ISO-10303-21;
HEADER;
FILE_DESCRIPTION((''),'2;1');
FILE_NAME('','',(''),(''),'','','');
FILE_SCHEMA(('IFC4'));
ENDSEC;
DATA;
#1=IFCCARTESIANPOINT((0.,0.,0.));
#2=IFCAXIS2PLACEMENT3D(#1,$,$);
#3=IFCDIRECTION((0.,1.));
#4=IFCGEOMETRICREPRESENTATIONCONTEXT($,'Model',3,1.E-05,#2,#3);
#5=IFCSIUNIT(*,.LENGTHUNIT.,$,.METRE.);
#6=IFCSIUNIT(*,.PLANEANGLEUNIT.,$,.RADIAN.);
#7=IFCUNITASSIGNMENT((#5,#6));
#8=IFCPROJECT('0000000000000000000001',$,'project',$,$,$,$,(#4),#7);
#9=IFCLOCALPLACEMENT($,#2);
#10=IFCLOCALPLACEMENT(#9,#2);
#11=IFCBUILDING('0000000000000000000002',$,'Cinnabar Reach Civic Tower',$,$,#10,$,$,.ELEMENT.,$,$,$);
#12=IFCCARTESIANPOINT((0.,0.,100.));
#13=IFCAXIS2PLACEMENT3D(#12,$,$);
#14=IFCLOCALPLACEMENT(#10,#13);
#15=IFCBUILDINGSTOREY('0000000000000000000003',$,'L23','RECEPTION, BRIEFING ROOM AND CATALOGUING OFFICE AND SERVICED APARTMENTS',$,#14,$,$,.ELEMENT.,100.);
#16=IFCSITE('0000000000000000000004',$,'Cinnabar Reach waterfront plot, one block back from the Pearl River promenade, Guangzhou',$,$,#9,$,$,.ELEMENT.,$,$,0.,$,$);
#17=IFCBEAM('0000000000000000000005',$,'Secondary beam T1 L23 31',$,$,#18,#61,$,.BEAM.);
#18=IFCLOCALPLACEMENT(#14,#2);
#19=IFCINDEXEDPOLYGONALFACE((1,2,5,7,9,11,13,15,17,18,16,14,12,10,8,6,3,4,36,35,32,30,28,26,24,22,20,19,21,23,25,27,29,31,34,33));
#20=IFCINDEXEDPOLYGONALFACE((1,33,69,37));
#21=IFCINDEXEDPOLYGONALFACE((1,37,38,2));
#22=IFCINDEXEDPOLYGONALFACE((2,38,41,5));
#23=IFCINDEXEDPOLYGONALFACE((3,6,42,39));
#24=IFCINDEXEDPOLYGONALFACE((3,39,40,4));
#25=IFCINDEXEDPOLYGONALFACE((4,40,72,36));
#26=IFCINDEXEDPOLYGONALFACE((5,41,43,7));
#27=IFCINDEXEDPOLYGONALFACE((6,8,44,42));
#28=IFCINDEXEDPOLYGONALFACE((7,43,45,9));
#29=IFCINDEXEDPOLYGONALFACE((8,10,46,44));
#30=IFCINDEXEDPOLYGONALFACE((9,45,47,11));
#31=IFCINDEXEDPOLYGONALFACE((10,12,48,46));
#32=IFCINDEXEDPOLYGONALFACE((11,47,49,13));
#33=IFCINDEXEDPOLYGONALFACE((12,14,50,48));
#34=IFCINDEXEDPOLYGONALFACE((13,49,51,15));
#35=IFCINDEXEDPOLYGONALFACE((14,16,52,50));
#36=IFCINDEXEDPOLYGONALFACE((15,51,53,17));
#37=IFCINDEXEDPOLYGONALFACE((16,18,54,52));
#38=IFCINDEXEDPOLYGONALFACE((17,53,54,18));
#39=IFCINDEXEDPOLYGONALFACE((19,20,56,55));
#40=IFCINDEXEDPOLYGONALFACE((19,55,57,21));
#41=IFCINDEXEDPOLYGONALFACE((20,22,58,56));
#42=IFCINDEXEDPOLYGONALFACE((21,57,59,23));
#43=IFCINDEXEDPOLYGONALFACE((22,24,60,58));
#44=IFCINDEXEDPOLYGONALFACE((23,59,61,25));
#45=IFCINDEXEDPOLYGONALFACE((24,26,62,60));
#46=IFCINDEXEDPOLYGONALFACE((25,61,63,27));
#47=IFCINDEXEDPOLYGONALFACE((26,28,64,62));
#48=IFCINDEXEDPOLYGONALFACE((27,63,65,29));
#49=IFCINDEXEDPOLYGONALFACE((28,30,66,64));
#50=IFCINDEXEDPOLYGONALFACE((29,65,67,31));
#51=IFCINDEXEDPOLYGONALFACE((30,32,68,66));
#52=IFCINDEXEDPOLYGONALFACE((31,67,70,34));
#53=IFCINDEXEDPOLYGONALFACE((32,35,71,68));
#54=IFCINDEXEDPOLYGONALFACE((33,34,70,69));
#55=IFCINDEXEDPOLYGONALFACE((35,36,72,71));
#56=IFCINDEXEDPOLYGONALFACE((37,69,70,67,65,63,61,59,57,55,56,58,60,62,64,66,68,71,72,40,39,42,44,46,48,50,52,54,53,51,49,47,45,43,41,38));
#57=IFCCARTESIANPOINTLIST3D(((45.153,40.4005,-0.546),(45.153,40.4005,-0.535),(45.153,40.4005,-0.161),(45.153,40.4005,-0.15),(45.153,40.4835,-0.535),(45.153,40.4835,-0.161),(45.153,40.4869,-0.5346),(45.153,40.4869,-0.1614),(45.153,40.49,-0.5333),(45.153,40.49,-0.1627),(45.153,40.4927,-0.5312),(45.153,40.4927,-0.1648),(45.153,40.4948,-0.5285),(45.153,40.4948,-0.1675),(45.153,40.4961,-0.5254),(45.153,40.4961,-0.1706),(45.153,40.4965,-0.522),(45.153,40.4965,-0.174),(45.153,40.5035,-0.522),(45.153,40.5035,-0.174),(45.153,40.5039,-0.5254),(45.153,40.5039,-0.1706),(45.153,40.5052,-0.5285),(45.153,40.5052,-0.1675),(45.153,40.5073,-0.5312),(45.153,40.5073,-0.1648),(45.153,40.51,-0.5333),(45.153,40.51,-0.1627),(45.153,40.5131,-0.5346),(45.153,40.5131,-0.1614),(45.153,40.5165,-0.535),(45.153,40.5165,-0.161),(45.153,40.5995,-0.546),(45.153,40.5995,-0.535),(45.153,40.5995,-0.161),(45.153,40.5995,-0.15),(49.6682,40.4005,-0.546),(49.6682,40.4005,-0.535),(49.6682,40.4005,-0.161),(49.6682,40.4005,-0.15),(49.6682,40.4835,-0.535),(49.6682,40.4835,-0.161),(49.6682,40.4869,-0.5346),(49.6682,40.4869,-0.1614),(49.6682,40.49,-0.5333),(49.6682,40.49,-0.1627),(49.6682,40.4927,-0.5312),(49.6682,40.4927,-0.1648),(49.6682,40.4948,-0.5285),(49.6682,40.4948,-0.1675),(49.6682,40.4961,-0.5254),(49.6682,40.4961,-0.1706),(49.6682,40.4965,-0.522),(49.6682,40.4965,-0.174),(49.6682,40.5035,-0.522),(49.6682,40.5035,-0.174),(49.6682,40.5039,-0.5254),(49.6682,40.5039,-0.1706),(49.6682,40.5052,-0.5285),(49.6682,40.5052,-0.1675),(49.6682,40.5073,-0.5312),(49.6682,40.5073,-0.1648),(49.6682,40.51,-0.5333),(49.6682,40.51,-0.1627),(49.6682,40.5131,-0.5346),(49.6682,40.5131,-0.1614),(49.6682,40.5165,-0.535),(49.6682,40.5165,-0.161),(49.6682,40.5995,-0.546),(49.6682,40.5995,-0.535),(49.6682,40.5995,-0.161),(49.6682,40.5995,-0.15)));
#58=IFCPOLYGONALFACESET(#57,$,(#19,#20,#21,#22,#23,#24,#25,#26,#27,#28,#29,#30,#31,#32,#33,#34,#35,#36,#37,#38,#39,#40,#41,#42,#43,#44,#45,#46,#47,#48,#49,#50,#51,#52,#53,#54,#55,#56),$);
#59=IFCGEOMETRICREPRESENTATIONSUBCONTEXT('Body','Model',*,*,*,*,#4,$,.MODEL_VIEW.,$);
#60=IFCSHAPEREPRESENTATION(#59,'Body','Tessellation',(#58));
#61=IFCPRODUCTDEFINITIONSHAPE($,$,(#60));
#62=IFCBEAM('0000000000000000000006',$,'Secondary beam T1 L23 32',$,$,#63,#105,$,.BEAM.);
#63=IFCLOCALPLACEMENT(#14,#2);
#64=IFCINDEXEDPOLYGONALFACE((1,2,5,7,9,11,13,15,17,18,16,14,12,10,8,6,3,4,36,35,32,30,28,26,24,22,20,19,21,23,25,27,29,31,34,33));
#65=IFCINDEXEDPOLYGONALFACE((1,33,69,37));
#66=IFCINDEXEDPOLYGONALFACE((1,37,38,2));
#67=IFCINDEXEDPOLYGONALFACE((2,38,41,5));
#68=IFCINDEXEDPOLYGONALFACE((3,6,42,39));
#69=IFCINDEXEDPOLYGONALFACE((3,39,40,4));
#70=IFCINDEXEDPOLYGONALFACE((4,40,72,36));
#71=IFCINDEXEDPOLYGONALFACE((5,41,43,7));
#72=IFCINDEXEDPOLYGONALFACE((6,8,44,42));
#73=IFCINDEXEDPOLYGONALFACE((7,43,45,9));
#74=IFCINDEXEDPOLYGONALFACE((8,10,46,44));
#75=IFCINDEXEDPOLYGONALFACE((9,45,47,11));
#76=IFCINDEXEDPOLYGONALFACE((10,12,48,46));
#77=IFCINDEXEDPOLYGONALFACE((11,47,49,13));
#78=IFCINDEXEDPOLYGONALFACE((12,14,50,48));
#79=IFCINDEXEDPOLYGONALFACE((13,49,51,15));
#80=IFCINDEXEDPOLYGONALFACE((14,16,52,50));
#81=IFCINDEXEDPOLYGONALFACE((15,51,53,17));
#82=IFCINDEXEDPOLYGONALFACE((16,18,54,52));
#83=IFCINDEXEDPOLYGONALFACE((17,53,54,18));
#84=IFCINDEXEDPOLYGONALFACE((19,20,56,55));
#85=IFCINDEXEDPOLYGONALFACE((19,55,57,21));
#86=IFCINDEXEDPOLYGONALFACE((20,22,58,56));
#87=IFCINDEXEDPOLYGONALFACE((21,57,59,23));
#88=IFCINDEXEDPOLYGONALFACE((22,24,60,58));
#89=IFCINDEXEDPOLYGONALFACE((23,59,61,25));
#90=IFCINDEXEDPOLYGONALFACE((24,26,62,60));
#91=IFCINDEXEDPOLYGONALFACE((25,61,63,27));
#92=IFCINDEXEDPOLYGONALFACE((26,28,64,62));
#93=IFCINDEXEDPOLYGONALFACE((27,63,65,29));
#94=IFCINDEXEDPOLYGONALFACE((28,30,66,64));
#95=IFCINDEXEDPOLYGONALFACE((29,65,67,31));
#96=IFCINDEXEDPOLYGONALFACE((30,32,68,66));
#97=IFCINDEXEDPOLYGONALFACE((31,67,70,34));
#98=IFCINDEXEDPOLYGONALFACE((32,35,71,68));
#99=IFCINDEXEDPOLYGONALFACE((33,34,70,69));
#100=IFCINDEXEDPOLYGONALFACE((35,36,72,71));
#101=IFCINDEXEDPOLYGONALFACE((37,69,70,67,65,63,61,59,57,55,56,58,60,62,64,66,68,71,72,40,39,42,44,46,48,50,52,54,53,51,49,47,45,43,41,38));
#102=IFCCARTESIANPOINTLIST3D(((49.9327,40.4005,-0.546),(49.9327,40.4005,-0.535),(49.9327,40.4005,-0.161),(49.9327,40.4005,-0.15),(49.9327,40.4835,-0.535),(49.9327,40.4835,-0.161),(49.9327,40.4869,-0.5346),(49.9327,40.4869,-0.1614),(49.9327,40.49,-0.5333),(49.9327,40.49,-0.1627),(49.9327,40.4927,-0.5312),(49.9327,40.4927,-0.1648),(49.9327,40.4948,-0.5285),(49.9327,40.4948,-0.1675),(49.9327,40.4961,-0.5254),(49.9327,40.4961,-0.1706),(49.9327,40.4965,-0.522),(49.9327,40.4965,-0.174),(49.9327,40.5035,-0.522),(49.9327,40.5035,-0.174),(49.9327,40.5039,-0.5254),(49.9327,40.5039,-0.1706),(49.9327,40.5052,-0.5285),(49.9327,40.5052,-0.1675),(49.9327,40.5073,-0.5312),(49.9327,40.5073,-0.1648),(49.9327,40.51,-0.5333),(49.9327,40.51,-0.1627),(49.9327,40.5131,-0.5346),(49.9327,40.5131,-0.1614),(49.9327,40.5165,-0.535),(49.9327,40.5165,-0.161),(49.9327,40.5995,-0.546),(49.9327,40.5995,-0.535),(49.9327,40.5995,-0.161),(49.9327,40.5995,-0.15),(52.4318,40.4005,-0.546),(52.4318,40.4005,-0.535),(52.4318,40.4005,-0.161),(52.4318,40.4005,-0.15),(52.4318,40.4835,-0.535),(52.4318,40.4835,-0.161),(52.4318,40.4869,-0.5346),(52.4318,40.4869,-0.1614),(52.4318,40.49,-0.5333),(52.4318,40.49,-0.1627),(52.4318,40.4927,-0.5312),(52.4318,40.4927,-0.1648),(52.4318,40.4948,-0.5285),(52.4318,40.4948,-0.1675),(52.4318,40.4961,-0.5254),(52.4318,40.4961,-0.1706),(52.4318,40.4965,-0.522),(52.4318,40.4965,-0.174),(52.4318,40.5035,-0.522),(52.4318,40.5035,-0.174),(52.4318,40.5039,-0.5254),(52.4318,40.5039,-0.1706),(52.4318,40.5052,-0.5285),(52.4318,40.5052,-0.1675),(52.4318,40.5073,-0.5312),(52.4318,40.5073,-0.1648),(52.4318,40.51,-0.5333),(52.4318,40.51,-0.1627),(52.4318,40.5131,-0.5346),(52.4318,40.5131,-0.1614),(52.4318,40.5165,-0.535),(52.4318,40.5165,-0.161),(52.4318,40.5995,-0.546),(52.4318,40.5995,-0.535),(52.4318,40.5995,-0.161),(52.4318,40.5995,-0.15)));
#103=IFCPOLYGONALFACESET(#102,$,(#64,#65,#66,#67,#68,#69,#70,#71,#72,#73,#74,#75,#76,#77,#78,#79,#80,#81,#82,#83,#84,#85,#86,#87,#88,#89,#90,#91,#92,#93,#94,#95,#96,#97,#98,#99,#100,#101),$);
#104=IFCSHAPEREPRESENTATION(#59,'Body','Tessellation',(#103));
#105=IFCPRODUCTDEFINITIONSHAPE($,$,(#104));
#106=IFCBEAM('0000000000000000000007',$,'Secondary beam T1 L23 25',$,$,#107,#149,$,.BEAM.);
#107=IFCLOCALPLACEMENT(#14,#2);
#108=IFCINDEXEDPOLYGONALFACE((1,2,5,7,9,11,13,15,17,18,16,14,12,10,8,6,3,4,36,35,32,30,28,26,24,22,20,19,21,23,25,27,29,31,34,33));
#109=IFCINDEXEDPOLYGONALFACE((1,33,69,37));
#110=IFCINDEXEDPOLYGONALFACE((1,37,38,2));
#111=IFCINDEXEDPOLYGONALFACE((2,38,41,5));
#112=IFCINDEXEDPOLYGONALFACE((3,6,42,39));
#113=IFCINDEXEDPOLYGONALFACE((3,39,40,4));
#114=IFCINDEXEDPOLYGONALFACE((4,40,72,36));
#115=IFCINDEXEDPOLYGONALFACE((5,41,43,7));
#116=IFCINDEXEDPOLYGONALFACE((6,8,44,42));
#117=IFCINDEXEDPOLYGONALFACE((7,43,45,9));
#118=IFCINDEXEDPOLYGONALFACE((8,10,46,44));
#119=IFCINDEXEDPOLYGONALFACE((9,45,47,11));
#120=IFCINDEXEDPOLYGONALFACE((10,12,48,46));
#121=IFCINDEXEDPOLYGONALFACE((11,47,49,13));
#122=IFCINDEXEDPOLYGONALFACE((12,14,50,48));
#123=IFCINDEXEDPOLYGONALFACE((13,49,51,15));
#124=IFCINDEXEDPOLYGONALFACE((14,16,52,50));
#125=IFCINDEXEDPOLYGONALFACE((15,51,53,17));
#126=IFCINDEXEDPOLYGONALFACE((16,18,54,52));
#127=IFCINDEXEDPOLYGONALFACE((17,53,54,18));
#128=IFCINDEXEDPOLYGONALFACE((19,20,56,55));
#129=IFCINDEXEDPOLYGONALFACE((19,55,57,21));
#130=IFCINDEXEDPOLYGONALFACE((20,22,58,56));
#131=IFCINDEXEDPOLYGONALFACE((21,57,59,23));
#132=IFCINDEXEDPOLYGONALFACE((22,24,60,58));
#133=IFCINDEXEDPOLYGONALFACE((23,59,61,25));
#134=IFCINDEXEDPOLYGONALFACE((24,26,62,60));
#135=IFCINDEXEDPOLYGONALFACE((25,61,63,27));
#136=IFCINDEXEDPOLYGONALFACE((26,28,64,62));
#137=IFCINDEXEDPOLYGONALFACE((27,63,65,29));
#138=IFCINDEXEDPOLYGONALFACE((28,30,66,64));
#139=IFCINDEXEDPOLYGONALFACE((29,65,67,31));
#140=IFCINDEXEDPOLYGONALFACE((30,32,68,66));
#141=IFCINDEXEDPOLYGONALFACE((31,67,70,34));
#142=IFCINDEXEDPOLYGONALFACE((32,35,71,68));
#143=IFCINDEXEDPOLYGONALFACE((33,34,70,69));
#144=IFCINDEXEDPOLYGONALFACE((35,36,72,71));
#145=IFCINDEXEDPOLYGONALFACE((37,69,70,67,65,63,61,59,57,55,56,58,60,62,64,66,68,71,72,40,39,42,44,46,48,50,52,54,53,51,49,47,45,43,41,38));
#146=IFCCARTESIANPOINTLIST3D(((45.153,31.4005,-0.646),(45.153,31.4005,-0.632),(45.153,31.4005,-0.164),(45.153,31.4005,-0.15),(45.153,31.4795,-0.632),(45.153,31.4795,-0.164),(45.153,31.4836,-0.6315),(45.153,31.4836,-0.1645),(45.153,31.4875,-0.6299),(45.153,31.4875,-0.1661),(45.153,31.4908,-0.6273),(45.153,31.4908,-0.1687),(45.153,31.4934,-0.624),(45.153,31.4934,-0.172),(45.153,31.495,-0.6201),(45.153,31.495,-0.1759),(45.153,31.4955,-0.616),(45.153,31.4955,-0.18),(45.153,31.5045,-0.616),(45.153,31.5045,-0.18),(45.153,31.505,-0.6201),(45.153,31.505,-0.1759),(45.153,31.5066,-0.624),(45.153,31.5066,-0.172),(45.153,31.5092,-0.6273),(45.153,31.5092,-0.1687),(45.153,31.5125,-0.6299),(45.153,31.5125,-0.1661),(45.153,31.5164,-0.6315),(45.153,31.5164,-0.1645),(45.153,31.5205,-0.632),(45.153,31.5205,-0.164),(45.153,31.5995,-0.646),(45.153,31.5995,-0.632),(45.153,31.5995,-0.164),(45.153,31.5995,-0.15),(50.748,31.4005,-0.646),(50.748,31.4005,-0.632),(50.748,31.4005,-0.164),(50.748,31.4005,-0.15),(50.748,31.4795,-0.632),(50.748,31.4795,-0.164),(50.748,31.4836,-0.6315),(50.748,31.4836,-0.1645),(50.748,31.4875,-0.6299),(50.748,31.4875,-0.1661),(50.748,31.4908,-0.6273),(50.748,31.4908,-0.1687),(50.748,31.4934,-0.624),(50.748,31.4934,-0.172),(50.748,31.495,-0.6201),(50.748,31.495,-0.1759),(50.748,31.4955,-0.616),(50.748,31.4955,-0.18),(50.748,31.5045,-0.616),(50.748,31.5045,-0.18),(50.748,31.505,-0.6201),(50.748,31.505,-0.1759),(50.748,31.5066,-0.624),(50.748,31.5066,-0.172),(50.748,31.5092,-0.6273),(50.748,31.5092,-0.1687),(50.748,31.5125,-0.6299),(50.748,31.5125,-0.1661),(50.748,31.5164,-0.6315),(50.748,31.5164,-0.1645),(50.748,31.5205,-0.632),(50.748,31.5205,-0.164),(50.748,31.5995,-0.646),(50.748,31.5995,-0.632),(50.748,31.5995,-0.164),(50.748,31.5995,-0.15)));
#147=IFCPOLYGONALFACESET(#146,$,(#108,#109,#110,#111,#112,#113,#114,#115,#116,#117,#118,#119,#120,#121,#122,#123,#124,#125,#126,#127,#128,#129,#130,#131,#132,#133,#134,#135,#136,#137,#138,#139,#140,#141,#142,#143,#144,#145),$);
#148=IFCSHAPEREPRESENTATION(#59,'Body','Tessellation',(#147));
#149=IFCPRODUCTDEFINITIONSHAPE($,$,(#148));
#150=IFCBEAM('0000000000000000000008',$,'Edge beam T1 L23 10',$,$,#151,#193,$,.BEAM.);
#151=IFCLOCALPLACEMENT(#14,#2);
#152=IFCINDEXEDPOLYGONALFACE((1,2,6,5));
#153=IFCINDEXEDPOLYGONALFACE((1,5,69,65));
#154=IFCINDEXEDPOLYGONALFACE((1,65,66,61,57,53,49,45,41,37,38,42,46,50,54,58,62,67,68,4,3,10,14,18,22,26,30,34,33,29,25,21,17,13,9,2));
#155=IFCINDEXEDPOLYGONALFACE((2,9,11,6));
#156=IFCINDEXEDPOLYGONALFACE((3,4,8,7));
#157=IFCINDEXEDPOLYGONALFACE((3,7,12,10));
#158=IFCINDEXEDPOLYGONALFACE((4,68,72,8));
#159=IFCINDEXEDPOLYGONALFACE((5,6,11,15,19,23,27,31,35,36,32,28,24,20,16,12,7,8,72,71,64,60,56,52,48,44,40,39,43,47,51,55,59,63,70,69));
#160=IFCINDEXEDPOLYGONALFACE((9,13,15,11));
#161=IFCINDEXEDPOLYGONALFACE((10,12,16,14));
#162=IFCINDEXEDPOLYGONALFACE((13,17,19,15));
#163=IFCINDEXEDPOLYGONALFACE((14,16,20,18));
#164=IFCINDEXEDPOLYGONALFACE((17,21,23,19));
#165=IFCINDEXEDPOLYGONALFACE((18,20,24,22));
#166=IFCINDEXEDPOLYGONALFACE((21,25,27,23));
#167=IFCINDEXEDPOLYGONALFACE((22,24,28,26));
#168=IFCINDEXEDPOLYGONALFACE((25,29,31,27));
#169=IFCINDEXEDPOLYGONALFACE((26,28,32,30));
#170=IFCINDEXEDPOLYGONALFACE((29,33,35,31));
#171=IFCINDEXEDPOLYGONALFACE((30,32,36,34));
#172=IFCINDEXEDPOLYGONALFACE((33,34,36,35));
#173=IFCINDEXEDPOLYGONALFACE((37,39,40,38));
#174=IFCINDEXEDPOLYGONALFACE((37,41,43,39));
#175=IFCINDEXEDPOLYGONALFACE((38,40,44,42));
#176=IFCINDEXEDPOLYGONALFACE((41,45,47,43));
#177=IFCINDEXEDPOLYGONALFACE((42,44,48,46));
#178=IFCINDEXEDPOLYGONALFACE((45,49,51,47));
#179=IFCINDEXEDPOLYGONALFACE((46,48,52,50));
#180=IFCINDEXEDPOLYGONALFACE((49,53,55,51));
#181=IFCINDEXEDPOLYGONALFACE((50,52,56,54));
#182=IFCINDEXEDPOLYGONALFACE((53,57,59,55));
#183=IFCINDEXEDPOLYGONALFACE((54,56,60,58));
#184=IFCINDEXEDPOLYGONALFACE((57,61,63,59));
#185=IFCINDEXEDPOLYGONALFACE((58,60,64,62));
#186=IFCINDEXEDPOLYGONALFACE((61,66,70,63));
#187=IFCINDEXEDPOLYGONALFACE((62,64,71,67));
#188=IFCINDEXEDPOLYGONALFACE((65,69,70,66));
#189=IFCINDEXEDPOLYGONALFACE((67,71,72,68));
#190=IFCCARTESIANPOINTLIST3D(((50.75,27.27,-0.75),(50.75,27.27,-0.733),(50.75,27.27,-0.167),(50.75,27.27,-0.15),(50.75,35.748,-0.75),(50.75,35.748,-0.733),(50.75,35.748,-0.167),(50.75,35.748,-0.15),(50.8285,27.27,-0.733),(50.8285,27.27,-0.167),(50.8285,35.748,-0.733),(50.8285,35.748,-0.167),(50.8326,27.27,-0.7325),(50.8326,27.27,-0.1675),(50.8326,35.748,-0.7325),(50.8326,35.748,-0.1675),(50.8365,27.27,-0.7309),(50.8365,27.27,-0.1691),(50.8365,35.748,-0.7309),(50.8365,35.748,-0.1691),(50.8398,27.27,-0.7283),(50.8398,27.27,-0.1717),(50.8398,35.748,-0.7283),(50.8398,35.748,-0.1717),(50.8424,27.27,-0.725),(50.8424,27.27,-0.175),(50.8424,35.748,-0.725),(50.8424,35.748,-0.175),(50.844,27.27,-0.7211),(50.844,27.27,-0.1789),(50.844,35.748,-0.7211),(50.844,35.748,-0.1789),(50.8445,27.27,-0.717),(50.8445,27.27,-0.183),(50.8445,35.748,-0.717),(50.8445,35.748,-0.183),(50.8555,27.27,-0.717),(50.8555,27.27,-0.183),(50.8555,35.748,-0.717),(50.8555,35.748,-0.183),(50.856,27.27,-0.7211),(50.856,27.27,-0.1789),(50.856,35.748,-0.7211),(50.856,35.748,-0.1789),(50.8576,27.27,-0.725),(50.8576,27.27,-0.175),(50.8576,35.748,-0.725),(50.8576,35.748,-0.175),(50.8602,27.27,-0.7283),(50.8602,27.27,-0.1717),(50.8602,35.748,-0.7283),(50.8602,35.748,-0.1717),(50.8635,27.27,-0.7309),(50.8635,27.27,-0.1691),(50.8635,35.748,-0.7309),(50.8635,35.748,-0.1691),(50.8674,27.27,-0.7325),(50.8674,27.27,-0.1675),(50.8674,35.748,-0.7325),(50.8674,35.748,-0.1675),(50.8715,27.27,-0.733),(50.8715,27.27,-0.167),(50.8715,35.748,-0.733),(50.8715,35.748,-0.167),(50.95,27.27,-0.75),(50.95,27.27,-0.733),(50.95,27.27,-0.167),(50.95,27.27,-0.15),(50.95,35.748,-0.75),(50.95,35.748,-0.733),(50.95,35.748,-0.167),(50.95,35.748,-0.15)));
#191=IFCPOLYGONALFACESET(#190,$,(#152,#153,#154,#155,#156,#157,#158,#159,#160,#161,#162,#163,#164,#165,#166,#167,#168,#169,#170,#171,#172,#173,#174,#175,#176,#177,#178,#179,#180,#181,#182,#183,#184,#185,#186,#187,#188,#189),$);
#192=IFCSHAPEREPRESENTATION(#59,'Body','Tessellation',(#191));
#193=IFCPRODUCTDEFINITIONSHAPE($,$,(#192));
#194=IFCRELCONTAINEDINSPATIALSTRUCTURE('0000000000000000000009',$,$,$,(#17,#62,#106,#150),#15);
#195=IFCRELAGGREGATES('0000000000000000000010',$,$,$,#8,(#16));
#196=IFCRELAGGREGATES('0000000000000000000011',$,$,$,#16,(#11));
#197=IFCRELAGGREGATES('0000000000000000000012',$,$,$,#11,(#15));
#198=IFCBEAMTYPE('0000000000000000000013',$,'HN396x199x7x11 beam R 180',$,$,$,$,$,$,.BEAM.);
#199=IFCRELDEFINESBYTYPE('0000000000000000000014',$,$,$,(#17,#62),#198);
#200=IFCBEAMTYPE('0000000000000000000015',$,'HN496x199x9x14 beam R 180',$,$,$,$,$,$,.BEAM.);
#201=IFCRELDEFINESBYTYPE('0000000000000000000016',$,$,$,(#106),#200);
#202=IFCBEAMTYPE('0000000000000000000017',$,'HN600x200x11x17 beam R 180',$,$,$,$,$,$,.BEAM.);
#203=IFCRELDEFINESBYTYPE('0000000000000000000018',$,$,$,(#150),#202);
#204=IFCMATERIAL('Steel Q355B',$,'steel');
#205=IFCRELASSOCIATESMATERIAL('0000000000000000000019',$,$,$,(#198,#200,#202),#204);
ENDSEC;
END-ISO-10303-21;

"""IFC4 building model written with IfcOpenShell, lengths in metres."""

from ifc_helpers import new_model, si_unit, direction, frame, origin, origin_2d, place, context, subcontext, project, spatial, i_section, extrude, material, material_profile, profile_set, type_object, element, save


model = new_model("IFC4")

# Units and contexts
model_context = context("Model", 3, precision=1e-05, world=origin(), true_north=direction((0.0, 1.0)))
body_context = subcontext(model_context, "Body", "Model", "MODEL_VIEW")
ifc_project = project(units=[si_unit("LENGTHUNIT", "METRE"), si_unit("PLANEANGLEUNIT", "RADIAN")], contexts=[model_context])

# Site, building, storey
site_placement = place(None, origin())
site = spatial("IfcSite", under=ifc_project, at=site_placement, Name="Cinnabar Reach waterfront plot, one block back from the Pearl River promenade, Guangzhou", CompositionType="ELEMENT", RefElevation=0.0)
building_placement = place(site_placement, origin())
building = spatial("IfcBuilding", under=site, at=building_placement, Name="Cinnabar Reach Civic Tower", CompositionType="ELEMENT")
storey_placement = place(building_placement, frame((0.0, 0.0, 100.0)))
storey = spatial("IfcBuildingStorey", under=building, at=storey_placement, Name="L23", Description="RECEPTION, BRIEFING ROOM AND CATALOGUING OFFICE AND SERVICED APARTMENTS", CompositionType="ELEMENT", Elevation=100.0)

# Beams
ifc_material_1 = material(Name="Steel Q355B", Category="steel")
ifc_material_profile_1 = material_profile(ifc_material_1, i_section(OverallWidth=0.199, OverallDepth=0.396, WebThickness=0.007, FlangeThickness=0.011, FilletRadius=0.013, at=origin_2d()), Name="HN396x199x7x11")
ifc_profile_set_1 = profile_set([ifc_material_profile_1], Name="Steel Q355B")
beam_type_1 = type_object("IfcBeamType", Name="HN396x199x7x11 beam R 180", PredefinedType="BEAM", material=ifc_profile_set_1)
beam_1_placement = place(storey_placement, frame((45.153, 40.5, -0.348), z_axis=(1.0, 0.0, 0.0), x_axis=(0.0, 1.0, 0.0)))
element("IfcBeam", 1, at=beam_1_placement, inside=storey, type_object=beam_type_1, Name="Secondary beam T1 L23 31", PredefinedType="BEAM", context=body_context, shape_type="SweptSolid", body=[
    extrude(i_section(OverallWidth=0.199, OverallDepth=0.396, WebThickness=0.007, FlangeThickness=0.011, FilletRadius=0.013, at=origin_2d()), origin(), (0.0, 0.0, 1.0), 4.5152),
])
beam_2_placement = place(storey_placement, frame((49.9327, 40.5, -0.348), z_axis=(1.0, 0.0, 0.0), x_axis=(0.0, 1.0, 0.0)))
element("IfcBeam", 2, at=beam_2_placement, inside=storey, type_object=beam_type_1, Name="Secondary beam T1 L23 32", PredefinedType="BEAM", context=body_context, shape_type="SweptSolid", body=[
    extrude(i_section(OverallWidth=0.199, OverallDepth=0.396, WebThickness=0.007, FlangeThickness=0.011, FilletRadius=0.013, at=origin_2d()), origin(), (0.0, 0.0, 1.0), 2.4991),
])
ifc_material_profile_2 = material_profile(ifc_material_1, i_section(OverallWidth=0.199, OverallDepth=0.496, WebThickness=0.009, FlangeThickness=0.014, FilletRadius=0.016, at=origin_2d()), Name="HN496x199x9x14")
ifc_profile_set_2 = profile_set([ifc_material_profile_2], Name="Steel Q355B")
beam_type_2 = type_object("IfcBeamType", Name="HN496x199x9x14 beam R 180", PredefinedType="BEAM", material=ifc_profile_set_2)
beam_3_placement = place(storey_placement, frame((45.153, 31.5, -0.398), z_axis=(1.0, 0.0, 0.0), x_axis=(0.0, 1.0, 0.0)))
element("IfcBeam", 3, at=beam_3_placement, inside=storey, type_object=beam_type_2, Name="Secondary beam T1 L23 25", PredefinedType="BEAM", context=body_context, shape_type="SweptSolid", body=[
    extrude(i_section(OverallWidth=0.199, OverallDepth=0.496, WebThickness=0.009, FlangeThickness=0.014, FilletRadius=0.016, at=origin_2d()), origin(), (0.0, 0.0, 1.0), 5.595),
])
ifc_material_profile_3 = material_profile(ifc_material_1, i_section(OverallWidth=0.2, OverallDepth=0.6, WebThickness=0.011, FlangeThickness=0.017, FilletRadius=0.016, at=origin_2d()), Name="HN600x200x11x17")
ifc_profile_set_3 = profile_set([ifc_material_profile_3], Name="Steel Q355B")
beam_type_3 = type_object("IfcBeamType", Name="HN600x200x11x17 beam R 180", PredefinedType="BEAM", material=ifc_profile_set_3)
beam_4_placement = place(storey_placement, frame((50.85, 27.27, -0.45), z_axis=(0.0, 1.0, 0.0), x_axis=(-1.0, 0.0, 0.0)))
element("IfcBeam", 4, at=beam_4_placement, inside=storey, type_object=beam_type_3, Name="Edge beam T1 L23 10", PredefinedType="BEAM", context=body_context, shape_type="SweptSolid", body=[
    extrude(i_section(OverallWidth=0.2, OverallDepth=0.6, WebThickness=0.011, FlangeThickness=0.017, FilletRadius=0.016, at=origin_2d()), origin(), (0.0, 0.0, 1.0), 8.478),
])

save(model, "model.ifc")
